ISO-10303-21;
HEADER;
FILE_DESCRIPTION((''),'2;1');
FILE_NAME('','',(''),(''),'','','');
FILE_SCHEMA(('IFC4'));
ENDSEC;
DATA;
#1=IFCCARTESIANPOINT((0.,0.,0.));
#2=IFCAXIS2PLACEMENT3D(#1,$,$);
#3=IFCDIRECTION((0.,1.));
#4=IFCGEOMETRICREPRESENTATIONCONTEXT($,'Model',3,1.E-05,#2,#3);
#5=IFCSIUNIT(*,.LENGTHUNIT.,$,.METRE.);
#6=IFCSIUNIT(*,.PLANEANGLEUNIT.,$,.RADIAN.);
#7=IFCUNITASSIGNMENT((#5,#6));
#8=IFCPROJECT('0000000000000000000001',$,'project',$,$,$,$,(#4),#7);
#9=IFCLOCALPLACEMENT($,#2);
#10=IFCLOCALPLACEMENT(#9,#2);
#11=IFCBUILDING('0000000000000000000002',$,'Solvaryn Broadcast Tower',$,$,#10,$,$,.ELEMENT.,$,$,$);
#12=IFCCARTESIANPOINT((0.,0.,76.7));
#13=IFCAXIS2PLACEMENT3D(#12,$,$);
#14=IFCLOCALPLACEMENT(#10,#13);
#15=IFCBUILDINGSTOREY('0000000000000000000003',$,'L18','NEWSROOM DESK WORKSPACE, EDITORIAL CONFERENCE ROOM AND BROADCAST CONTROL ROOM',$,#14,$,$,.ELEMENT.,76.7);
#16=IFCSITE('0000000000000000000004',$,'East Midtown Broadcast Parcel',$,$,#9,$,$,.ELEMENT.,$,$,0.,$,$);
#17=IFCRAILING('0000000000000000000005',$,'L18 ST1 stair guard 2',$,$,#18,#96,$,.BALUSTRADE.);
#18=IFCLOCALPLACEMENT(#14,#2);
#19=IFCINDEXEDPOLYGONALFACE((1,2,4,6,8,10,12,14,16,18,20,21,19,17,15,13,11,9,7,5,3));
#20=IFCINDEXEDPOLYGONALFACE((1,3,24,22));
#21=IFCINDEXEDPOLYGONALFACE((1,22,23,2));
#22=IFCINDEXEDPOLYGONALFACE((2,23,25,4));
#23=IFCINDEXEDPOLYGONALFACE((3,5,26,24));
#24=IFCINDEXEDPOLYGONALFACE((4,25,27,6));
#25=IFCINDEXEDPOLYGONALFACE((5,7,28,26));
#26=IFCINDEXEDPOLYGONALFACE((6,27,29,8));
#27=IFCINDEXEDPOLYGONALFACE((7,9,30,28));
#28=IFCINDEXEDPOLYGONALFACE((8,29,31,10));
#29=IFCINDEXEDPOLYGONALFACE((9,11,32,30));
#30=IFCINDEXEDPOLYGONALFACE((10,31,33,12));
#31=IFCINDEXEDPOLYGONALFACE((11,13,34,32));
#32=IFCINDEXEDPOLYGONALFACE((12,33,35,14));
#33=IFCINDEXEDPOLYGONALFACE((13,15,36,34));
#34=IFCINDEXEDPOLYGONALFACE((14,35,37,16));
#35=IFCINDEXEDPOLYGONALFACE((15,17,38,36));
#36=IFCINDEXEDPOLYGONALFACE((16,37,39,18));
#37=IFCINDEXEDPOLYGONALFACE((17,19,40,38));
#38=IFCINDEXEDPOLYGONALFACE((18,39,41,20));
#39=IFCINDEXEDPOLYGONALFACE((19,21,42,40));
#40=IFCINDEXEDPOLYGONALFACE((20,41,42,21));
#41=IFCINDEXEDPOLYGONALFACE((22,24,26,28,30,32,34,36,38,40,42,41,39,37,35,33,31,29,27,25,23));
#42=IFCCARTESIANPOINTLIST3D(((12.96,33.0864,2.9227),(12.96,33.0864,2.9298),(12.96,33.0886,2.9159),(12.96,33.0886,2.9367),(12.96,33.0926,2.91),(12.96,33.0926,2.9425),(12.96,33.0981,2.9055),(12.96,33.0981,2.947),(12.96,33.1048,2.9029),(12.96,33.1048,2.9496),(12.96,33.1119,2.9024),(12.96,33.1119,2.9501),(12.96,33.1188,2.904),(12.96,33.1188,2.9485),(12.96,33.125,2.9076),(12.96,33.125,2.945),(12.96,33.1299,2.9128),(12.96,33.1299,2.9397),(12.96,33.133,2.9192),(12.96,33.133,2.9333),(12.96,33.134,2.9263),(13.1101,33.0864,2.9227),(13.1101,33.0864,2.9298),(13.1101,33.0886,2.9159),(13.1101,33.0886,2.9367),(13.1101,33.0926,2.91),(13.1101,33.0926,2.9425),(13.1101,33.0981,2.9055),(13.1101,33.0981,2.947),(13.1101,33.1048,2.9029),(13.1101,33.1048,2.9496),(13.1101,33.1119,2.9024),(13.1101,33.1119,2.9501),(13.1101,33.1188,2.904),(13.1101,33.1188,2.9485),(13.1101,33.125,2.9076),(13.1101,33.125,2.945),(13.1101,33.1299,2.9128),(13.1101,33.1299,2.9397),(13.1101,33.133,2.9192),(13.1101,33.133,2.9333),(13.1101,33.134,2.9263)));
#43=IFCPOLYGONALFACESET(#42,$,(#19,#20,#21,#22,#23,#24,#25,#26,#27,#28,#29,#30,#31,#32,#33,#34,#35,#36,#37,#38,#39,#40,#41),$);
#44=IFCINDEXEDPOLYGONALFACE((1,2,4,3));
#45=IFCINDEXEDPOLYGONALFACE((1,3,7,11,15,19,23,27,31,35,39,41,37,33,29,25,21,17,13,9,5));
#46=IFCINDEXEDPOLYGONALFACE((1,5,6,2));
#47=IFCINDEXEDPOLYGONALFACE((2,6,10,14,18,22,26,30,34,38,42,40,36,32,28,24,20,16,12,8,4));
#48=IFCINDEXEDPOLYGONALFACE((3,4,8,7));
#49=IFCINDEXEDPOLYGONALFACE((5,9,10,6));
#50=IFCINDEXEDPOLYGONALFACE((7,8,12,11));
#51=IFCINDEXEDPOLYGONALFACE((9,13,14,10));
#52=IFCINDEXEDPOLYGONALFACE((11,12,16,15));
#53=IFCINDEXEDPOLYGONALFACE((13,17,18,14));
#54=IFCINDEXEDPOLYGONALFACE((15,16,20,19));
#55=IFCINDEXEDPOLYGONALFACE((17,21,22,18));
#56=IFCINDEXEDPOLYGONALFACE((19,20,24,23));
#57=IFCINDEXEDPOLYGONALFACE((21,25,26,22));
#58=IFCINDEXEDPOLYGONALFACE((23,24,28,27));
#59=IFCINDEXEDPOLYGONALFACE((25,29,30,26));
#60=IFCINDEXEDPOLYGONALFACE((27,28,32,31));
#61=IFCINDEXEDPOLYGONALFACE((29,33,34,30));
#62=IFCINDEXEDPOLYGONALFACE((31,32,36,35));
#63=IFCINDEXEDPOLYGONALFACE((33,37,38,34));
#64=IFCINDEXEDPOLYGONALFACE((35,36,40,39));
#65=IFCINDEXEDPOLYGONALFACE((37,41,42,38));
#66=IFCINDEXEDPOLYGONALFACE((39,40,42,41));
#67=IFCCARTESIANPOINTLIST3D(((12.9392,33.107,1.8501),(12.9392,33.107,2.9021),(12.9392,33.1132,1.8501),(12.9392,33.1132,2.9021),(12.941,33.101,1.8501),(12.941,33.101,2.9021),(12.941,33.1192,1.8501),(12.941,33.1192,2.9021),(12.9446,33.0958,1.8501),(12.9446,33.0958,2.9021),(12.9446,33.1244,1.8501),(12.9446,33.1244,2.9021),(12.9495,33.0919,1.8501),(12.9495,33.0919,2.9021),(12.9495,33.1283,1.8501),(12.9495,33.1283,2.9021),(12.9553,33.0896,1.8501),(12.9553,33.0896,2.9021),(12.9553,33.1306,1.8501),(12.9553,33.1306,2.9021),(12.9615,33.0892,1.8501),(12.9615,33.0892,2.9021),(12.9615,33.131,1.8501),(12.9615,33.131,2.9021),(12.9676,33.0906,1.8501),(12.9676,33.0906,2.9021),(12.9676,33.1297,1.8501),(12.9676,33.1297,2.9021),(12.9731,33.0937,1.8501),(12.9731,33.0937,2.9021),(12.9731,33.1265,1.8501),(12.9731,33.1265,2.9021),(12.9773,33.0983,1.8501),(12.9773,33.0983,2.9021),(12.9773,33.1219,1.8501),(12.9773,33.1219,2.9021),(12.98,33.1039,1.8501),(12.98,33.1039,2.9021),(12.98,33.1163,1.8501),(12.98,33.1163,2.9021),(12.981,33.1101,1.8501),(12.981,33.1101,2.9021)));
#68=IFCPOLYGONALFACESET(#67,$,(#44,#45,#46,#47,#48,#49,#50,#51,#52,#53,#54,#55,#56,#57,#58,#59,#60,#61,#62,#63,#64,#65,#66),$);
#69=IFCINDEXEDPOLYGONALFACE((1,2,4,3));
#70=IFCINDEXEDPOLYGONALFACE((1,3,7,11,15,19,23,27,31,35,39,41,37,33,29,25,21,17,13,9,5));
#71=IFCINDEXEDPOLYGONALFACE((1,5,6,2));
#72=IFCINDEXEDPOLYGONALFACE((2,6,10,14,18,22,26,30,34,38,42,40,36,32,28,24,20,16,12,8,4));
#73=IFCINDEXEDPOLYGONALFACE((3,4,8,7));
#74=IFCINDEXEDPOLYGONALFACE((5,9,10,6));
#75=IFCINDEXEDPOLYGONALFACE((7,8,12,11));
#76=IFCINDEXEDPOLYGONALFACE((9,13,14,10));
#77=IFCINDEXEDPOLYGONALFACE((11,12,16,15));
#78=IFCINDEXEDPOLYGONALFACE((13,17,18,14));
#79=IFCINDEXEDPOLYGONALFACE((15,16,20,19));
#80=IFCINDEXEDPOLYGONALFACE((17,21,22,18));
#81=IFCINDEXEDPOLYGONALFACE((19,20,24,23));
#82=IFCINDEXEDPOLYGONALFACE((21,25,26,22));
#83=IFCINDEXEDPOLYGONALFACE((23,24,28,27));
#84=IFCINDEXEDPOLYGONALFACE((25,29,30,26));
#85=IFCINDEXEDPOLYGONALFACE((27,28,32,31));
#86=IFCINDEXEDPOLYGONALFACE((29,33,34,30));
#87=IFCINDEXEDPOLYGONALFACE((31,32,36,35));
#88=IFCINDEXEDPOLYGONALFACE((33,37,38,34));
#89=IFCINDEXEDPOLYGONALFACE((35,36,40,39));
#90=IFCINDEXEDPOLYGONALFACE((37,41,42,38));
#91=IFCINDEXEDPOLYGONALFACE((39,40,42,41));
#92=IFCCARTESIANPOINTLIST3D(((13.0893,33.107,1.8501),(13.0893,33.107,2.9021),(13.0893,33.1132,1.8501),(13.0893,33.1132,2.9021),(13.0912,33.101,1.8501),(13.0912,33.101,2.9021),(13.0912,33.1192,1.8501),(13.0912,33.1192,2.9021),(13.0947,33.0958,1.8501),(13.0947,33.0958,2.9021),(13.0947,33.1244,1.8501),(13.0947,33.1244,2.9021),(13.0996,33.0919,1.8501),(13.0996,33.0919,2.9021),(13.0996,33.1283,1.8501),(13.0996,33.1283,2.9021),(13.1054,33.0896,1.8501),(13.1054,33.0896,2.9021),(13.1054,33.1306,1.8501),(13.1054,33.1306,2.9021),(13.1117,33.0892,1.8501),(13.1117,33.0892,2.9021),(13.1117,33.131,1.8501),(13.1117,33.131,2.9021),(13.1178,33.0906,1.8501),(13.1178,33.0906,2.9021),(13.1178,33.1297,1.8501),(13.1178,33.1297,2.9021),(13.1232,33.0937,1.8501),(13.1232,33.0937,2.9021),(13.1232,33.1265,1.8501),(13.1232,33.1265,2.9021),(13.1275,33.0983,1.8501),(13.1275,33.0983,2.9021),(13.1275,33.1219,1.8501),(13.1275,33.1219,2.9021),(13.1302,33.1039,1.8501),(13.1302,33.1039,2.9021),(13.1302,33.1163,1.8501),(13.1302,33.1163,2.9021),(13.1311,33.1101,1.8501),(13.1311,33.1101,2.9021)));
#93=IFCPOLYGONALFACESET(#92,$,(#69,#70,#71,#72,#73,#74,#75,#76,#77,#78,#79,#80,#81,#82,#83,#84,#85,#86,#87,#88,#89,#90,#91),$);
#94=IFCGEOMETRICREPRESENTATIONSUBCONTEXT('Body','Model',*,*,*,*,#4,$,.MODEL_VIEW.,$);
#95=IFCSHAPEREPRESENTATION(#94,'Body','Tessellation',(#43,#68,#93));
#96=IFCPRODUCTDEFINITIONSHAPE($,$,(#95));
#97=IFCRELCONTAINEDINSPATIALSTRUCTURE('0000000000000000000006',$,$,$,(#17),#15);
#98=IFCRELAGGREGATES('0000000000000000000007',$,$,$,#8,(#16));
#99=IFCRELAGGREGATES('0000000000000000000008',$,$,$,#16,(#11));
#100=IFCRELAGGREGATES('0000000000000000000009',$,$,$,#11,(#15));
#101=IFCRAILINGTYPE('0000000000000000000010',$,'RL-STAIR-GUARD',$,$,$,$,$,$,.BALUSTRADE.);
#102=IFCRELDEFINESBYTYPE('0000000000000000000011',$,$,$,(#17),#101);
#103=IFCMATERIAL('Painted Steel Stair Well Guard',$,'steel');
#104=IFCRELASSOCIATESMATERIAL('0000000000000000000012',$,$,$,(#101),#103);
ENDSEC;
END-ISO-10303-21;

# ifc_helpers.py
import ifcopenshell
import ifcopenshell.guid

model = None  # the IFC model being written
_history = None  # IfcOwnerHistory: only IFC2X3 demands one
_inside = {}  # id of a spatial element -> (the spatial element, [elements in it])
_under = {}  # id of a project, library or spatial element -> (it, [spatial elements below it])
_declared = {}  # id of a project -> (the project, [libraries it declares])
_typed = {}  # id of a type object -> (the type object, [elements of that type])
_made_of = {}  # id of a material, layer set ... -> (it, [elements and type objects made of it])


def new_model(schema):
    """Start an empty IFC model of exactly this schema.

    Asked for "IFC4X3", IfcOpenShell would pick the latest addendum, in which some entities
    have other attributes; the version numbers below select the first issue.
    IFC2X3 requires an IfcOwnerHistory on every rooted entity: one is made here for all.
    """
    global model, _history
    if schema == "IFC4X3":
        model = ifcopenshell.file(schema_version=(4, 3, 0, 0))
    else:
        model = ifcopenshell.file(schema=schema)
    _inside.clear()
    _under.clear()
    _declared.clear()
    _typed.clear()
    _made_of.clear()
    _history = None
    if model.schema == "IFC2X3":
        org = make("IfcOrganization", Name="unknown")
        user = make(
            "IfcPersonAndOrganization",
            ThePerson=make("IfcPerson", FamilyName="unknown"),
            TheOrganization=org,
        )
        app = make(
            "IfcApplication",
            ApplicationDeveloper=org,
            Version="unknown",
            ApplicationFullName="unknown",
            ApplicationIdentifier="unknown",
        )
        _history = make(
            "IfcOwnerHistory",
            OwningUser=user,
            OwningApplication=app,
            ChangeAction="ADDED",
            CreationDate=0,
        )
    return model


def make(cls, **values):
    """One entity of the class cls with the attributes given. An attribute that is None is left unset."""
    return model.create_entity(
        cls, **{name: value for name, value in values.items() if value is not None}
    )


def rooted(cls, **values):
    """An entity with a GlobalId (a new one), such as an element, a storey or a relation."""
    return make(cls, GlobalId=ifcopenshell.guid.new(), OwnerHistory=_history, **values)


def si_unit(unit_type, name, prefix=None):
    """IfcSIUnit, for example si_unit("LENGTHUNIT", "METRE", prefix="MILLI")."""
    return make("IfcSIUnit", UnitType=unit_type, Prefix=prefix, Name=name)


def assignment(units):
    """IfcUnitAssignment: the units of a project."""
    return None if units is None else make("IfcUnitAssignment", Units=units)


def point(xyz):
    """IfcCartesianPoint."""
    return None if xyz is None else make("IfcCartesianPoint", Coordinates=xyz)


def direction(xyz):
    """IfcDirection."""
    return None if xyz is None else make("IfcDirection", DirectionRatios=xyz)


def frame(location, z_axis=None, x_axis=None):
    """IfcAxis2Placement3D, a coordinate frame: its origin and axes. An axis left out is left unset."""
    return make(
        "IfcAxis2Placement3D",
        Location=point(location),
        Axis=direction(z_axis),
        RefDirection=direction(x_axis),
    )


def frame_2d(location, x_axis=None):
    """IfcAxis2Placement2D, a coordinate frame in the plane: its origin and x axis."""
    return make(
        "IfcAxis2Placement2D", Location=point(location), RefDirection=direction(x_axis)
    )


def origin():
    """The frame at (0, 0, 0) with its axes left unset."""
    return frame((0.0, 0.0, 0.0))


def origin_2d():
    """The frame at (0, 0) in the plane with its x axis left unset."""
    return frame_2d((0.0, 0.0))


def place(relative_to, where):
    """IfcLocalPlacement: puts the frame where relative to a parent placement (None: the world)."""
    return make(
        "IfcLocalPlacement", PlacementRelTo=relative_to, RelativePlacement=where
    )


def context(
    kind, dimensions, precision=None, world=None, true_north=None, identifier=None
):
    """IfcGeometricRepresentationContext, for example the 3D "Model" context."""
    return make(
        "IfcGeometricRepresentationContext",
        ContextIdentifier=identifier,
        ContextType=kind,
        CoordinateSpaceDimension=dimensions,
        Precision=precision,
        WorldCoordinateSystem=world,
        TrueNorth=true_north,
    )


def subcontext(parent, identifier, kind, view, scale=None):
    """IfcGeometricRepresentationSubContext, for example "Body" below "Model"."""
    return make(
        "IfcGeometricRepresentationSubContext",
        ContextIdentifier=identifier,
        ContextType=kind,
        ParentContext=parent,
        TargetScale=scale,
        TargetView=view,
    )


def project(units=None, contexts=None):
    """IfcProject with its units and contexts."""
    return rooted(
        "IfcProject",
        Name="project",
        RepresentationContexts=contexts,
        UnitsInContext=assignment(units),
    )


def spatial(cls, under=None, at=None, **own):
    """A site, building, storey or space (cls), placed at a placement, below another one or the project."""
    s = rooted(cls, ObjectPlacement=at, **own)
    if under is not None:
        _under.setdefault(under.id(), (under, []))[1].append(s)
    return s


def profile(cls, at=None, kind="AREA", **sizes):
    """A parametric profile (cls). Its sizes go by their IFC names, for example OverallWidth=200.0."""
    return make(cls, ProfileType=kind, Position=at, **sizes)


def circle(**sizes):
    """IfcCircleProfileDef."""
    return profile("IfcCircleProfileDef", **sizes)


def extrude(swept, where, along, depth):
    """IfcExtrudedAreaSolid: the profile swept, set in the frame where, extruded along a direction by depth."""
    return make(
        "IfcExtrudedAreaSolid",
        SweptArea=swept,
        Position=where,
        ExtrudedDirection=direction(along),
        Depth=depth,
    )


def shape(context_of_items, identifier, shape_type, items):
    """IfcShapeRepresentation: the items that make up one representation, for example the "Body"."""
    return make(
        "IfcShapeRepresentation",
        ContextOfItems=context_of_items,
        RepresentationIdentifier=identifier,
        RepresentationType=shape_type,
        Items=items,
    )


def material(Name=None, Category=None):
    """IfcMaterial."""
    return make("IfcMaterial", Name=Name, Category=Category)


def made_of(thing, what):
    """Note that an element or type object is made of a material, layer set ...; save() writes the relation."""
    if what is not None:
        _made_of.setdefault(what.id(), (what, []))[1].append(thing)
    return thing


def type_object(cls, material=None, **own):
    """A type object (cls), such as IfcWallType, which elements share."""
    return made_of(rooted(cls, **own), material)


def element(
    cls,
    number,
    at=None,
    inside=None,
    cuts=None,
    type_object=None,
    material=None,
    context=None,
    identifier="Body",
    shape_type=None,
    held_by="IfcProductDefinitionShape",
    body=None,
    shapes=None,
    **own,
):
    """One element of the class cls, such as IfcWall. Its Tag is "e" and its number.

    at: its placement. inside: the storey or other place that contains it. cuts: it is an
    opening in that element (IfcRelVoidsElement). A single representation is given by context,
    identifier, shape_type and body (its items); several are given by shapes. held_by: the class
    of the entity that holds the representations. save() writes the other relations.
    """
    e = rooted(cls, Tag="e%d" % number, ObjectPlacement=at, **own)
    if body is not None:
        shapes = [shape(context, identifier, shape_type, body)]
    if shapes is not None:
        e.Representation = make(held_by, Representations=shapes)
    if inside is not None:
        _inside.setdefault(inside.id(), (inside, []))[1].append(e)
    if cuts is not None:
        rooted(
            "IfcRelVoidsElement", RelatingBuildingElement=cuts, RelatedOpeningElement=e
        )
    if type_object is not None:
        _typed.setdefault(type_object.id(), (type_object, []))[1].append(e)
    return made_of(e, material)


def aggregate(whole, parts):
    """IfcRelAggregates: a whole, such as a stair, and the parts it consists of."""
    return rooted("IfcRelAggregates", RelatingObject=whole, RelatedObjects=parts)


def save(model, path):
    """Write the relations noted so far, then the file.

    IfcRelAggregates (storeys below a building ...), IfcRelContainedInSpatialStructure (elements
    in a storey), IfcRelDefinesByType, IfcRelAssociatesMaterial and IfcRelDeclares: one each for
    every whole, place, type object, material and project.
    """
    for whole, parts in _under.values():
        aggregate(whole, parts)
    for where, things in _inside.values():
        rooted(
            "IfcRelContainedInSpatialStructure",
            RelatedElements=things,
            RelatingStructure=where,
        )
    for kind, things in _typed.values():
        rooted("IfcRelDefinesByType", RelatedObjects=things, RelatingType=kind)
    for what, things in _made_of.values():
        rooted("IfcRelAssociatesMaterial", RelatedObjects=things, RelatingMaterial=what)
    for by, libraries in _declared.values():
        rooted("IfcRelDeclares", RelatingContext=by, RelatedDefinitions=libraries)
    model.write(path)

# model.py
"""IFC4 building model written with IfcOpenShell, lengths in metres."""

from ifc_helpers import new_model, si_unit, direction, frame, origin, origin_2d, place, context, subcontext, project, spatial, circle, extrude, material, type_object, element, save


model = new_model("IFC4")

# Units and contexts
model_context = context("Model", 3, precision=1e-05, world=origin(), true_north=direction((0.0, 1.0)))
body_context = subcontext(model_context, "Body", "Model", "MODEL_VIEW")
ifc_project = project(units=[si_unit("LENGTHUNIT", "METRE"), si_unit("PLANEANGLEUNIT", "RADIAN")], contexts=[model_context])

# Site, building, storey
site_placement = place(None, origin())
site = spatial("IfcSite", under=ifc_project, at=site_placement, Name="East Midtown Broadcast Parcel", CompositionType="ELEMENT", RefElevation=0.0)
building_placement = place(site_placement, origin())
building = spatial("IfcBuilding", under=site, at=building_placement, Name="Solvaryn Broadcast Tower", CompositionType="ELEMENT")
storey_placement = place(building_placement, frame((0.0, 0.0, 76.7)))
storey = spatial("IfcBuildingStorey", under=building, at=storey_placement, Name="L18", Description="NEWSROOM DESK WORKSPACE, EDITORIAL CONFERENCE ROOM AND BROADCAST CONTROL ROOM", CompositionType="ELEMENT", Elevation=76.7)

# Railing
ifc_material_1 = material(Name="Painted Steel Stair Well Guard", Category="steel")
railing_type_1 = type_object("IfcRailingType", Name="RL-STAIR-GUARD", PredefinedType="BALUSTRADE", material=ifc_material_1)
railing_1_placement = place(storey_placement, frame((12.96, 33.1101, 1.8501)))
element("IfcRailing", 1, at=railing_1_placement, inside=storey, type_object=railing_type_1, Name="L18 ST1 stair guard 2", PredefinedType="BALUSTRADE", context=body_context, shape_type="SweptSolid", body=[
    extrude(circle(Radius=0.0239, at=origin_2d()), frame((0.0, 0.0, 1.0762), z_axis=(1.0, 0.0, 0.0), x_axis=(0.0, 1.0, 0.0)), (0.0, 0.0, 1.0), 0.1501),
    extrude(circle(Radius=0.021, at=origin_2d()), origin(), (0.0, 0.0, 1.0), 1.052),
    extrude(circle(Radius=0.021, at=origin_2d()), frame((0.1501, 0.0, 0.0)), (0.0, 0.0, 1.0), 1.052),
])

save(model, "model.ifc")
